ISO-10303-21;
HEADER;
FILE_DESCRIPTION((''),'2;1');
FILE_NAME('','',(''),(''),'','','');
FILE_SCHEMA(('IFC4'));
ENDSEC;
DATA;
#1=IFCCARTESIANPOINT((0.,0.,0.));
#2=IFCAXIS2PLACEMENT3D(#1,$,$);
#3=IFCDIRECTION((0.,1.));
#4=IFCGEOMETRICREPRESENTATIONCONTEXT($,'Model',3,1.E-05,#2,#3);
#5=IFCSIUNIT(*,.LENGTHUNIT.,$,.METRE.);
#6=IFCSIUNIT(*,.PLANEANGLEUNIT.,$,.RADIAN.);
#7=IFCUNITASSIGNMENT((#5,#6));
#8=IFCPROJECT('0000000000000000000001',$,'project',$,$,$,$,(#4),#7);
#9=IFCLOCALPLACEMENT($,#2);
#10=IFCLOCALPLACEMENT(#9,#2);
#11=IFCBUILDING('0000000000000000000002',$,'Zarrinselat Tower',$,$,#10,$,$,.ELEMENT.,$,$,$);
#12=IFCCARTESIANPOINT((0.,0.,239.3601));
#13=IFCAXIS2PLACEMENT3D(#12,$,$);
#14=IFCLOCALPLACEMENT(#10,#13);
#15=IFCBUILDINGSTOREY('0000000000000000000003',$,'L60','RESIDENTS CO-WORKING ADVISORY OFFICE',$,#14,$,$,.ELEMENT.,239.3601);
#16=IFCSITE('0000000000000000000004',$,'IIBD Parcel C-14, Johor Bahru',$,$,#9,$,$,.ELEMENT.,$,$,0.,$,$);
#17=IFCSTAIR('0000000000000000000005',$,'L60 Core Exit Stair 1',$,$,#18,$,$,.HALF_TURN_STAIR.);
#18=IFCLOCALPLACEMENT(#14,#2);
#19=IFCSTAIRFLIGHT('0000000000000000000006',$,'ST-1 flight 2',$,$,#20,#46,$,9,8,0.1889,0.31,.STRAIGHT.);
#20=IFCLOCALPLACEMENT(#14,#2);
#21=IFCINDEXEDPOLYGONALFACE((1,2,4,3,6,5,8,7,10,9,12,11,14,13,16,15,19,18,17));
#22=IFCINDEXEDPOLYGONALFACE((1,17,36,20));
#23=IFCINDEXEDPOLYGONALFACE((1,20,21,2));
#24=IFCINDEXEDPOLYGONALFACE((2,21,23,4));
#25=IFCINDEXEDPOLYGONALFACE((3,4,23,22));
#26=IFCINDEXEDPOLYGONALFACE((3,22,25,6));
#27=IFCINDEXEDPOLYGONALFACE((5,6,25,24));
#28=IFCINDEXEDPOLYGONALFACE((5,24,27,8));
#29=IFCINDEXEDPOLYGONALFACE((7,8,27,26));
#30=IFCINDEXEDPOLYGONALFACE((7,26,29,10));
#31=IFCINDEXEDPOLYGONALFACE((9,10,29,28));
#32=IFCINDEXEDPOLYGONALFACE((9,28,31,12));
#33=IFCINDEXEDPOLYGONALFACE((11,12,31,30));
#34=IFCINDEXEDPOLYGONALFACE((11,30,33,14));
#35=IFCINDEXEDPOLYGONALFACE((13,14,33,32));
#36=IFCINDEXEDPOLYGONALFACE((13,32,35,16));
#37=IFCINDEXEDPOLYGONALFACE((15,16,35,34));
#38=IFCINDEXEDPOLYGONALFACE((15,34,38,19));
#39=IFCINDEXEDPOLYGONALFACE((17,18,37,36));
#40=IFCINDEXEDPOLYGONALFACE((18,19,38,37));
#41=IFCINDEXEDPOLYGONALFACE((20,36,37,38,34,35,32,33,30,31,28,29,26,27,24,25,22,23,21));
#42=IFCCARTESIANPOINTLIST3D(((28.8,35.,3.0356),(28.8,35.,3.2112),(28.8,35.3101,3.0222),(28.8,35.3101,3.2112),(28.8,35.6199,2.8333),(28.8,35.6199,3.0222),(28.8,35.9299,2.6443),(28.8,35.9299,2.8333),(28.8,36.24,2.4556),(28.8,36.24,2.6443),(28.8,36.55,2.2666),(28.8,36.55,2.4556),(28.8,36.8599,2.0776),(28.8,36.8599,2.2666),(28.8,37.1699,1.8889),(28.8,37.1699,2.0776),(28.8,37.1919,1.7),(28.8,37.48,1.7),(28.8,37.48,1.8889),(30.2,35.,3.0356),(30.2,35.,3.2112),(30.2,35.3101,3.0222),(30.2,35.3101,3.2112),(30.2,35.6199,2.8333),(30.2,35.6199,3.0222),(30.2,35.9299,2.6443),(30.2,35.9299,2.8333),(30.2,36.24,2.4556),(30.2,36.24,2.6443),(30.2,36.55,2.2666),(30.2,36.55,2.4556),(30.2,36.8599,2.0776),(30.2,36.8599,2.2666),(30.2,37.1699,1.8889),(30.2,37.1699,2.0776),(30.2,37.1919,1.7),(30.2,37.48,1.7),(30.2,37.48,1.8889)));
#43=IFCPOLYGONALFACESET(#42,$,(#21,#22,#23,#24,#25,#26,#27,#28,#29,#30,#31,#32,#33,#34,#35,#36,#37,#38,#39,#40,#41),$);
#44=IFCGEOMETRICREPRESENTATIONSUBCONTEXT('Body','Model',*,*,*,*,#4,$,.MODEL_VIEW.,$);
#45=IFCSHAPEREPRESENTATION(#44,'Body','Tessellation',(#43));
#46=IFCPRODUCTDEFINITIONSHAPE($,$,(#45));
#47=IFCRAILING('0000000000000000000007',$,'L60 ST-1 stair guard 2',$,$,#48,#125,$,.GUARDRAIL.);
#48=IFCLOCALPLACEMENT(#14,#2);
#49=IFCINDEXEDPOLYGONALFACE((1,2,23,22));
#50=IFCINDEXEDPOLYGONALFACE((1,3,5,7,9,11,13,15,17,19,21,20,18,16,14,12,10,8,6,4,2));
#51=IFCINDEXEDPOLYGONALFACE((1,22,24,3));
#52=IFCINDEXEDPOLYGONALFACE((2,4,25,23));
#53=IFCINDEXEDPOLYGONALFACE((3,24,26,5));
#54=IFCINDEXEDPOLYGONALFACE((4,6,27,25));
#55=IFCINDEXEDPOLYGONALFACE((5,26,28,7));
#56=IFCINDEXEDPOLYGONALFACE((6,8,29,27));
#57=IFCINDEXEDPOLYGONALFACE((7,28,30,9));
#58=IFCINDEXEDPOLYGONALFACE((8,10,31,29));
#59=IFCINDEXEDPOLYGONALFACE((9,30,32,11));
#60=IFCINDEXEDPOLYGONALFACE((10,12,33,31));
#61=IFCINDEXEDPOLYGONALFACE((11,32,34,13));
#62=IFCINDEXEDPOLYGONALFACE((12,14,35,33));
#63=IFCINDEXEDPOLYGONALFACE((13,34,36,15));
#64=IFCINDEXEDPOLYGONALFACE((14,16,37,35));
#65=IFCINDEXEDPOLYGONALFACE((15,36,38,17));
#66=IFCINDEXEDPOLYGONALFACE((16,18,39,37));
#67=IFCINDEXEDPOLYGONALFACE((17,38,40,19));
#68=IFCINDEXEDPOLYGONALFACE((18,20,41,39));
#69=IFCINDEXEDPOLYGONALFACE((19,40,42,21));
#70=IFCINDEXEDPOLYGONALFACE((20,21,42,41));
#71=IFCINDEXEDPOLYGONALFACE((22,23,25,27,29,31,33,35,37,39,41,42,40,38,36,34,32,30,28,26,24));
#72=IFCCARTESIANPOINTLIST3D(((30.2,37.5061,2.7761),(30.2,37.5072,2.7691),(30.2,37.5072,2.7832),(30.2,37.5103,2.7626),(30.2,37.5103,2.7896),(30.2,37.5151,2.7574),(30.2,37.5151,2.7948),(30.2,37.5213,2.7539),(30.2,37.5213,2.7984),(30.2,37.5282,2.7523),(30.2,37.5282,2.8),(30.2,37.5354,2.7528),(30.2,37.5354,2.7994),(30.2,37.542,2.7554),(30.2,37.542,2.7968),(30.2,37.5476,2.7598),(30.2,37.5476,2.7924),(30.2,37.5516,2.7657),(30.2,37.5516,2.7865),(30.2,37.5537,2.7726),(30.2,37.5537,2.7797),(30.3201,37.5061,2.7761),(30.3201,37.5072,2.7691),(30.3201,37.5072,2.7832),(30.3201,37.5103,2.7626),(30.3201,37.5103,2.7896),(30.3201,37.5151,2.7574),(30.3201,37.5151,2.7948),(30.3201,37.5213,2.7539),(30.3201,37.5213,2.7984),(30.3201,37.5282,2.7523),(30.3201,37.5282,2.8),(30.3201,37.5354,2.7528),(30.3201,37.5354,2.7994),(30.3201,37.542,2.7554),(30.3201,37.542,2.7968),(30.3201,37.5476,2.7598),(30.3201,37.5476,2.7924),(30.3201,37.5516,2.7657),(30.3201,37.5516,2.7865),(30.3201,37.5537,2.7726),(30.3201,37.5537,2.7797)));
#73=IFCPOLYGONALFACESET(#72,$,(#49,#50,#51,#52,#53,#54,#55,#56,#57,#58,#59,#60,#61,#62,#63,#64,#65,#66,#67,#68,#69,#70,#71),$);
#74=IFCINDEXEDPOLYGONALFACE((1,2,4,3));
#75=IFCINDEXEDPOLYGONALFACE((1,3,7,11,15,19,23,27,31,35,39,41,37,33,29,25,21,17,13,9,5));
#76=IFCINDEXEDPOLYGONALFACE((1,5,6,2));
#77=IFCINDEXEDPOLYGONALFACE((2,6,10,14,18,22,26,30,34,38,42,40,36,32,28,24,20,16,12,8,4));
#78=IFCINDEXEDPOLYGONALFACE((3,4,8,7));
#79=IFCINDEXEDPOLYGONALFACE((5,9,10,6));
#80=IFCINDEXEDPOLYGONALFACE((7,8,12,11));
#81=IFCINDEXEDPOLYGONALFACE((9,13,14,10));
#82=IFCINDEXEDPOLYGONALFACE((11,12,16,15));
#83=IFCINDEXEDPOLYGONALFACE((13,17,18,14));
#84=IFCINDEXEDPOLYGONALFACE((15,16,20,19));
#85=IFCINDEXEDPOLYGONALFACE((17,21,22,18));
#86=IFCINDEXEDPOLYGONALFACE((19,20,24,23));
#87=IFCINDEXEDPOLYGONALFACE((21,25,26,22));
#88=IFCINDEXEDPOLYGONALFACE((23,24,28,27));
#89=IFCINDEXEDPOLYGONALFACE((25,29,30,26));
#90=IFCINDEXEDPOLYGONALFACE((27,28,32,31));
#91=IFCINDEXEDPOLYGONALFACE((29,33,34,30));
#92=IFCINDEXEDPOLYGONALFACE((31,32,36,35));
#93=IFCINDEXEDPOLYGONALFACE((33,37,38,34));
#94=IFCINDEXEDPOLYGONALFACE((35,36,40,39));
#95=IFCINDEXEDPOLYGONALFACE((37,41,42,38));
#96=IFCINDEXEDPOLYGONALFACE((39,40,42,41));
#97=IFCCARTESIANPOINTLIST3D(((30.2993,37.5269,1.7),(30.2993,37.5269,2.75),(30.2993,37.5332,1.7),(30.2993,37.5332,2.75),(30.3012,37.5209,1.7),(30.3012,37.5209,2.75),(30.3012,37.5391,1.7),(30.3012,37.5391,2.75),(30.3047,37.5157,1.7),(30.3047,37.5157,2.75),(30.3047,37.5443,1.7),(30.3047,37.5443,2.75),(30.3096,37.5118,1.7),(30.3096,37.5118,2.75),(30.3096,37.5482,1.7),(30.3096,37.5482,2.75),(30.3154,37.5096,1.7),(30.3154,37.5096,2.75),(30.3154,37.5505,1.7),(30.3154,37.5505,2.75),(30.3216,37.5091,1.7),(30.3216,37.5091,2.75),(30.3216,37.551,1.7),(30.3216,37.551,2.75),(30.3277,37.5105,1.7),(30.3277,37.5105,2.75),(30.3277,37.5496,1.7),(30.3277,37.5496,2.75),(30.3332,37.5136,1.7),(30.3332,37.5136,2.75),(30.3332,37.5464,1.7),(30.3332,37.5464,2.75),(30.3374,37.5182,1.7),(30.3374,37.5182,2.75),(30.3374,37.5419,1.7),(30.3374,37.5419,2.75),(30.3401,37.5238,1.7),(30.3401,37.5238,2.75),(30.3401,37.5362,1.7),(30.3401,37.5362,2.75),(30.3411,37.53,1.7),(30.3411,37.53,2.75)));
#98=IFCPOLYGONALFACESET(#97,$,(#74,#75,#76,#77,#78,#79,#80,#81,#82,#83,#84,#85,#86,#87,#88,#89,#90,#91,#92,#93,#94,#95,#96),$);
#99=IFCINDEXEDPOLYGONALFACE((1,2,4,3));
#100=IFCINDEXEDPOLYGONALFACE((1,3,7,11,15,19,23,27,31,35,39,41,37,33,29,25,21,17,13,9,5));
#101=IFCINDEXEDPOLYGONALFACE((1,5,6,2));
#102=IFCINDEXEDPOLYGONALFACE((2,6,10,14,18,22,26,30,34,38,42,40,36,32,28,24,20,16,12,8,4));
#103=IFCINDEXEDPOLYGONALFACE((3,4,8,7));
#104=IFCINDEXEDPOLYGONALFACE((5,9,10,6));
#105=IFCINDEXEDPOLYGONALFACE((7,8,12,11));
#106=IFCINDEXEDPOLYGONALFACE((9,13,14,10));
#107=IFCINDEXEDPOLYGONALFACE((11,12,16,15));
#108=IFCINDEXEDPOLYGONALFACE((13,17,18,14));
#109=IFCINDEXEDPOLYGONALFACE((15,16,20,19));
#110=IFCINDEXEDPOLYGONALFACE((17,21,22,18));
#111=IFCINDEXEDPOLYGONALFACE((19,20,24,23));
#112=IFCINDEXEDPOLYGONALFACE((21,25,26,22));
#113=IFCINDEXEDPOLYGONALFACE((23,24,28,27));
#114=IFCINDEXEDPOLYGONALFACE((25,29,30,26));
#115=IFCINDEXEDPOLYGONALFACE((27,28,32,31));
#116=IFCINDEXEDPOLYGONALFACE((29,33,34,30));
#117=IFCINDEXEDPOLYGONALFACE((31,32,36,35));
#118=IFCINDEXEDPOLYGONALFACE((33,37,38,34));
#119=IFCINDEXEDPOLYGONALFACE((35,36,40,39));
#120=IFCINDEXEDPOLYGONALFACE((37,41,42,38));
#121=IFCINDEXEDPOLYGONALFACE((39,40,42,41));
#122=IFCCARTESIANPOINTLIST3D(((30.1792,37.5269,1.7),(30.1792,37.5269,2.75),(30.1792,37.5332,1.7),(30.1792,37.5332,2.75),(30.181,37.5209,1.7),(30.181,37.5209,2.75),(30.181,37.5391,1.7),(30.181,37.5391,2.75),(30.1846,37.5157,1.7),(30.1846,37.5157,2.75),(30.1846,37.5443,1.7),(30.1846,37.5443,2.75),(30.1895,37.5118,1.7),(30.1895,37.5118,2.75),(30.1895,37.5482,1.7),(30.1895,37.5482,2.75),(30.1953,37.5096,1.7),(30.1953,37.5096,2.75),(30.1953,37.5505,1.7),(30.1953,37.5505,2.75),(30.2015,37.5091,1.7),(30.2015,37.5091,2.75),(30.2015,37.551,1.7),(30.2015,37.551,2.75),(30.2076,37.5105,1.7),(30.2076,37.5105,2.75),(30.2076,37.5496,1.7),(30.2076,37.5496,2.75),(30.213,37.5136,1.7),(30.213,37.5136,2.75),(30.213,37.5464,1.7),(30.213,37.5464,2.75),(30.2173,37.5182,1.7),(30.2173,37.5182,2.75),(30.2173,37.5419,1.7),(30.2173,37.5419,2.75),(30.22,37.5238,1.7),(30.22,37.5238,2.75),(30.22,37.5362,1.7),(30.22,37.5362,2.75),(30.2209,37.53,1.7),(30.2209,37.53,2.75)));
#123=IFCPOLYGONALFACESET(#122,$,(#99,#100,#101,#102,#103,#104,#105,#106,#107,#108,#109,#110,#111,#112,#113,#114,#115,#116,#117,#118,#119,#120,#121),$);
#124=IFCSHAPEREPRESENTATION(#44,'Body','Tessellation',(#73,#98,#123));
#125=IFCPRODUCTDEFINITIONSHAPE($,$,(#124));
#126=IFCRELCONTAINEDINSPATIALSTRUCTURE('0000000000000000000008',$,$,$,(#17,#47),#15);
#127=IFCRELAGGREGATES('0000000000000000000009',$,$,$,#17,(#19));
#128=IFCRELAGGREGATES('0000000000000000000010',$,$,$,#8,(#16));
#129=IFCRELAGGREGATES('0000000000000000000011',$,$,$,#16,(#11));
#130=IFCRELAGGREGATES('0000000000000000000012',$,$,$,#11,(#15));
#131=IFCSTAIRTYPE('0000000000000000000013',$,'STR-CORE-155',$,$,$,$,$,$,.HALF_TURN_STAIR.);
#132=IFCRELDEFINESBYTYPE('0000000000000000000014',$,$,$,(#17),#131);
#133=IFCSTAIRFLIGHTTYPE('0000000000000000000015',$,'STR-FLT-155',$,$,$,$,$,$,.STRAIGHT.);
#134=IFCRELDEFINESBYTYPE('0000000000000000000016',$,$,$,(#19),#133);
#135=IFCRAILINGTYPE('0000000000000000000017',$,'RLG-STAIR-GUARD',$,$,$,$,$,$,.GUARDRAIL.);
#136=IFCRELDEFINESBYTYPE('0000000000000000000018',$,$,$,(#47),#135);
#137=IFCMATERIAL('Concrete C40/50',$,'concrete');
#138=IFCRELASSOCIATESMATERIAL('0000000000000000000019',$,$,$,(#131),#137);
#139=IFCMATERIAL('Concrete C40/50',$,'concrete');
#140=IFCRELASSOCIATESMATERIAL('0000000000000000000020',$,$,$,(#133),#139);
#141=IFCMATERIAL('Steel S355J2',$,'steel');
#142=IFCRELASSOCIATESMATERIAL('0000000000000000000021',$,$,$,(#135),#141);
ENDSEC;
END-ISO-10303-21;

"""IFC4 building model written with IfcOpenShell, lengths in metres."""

from ifc_helpers import new_model, si_unit, direction, frame, origin, origin_2d, place, context, subcontext, project, spatial, polyline, circle, outline, extrude, material, type_object, element, aggregate, save


model = new_model("IFC4")

# Units and contexts
model_context = context("Model", 3, precision=1e-05, world=origin(), true_north=direction((0.0, 1.0)))
body_context = subcontext(model_context, "Body", "Model", "MODEL_VIEW")
ifc_project = project(units=[si_unit("LENGTHUNIT", "METRE"), si_unit("PLANEANGLEUNIT", "RADIAN")], contexts=[model_context])

# Site, building, storey
site_placement = place(None, origin())
site = spatial("IfcSite", under=ifc_project, at=site_placement, Name="IIBD Parcel C-14, Johor Bahru", CompositionType="ELEMENT", RefElevation=0.0)
building_placement = place(site_placement, origin())
building = spatial("IfcBuilding", under=site, at=building_placement, Name="Zarrinselat Tower", CompositionType="ELEMENT")
storey_placement = place(building_placement, frame((0.0, 0.0, 239.3601)))
storey = spatial("IfcBuildingStorey", under=building, at=storey_placement, Name="L60", Description="RESIDENTS CO-WORKING ADVISORY OFFICE", CompositionType="ELEMENT", Elevation=239.3601)

# Stair, stair flight
ifc_material_1 = material(Name="Concrete C40/50", Category="concrete")
stair_type = type_object("IfcStairType", Name="STR-CORE-155", PredefinedType="HALF_TURN_STAIR", material=ifc_material_1)
stair_placement = place(storey_placement, origin())
stair = element("IfcStair", 1, at=stair_placement, inside=storey, type_object=stair_type, Name="L60 Core Exit Stair 1", PredefinedType="HALF_TURN_STAIR")
ifc_material_2 = material(Name="Concrete C40/50", Category="concrete")
stair_flight_type = type_object("IfcStairFlightType", Name="STR-FLT-155", PredefinedType="STRAIGHT", material=ifc_material_2)
stair_flight_placement = place(storey_placement, frame((29.5, 37.48, 1.7), z_axis=(0.0, 0.0, 1.0), x_axis=(0.0, -1.0, 0.0)))
stair_flight = element("IfcStairFlight", 2, at=stair_flight_placement, type_object=stair_flight_type, Name="ST-1 flight 2", NumberOfRisers=9, NumberOfTreads=8, PredefinedType="STRAIGHT", RiserHeight=0.1889, TreadLength=0.31, context=body_context, shape_type="SweptSolid", body=[
    extrude(outline(polyline([(0.0, 0.0), (0.0, 0.189), (0.3101, 0.189), (0.3101, 0.3777), (0.6201, 0.3777), (0.6201, 0.5667), (0.9299, 0.5667), (0.9299, 0.7556), (1.24, 0.7556), (1.24, 0.9443), (1.55, 0.9443), (1.55, 1.1333), (1.8601, 1.1333), (1.8601, 1.3223), (2.1699, 1.3223), (2.1699, 1.5112), (2.48, 1.5112), (2.48, 1.7), (2.48, 1.3357), (0.2881, 0.0), (0.0, 0.0)])), frame((0.0, 0.7, 0.0), z_axis=(0.0, -1.0, 0.0), x_axis=(1.0, 0.0, 0.0)), (0.0, 0.0, 1.0), 1.3999),
])
aggregate(stair, [stair_flight])

# Railing
ifc_material_3 = material(Name="Steel S355J2", Category="steel")
railing_type_1 = type_object("IfcRailingType", Name="RLG-STAIR-GUARD", PredefinedType="GUARDRAIL", material=ifc_material_3)
railing_1_placement = place(storey_placement, frame((30.3201, 37.53, 1.7)))
element("IfcRailing", 3, at=railing_1_placement, inside=storey, type_object=railing_type_1, Name="L60 ST-1 stair guard 2", PredefinedType="GUARDRAIL", context=body_context, shape_type="SweptSolid", body=[
    extrude(circle(Radius=0.0239, at=origin_2d()), frame((0.0, 0.0, 1.0762), z_axis=(-1.0, 0.0, 0.0), x_axis=(0.0, -1.0, 0.0)), (0.0, 0.0, 1.0), 0.1201),
    extrude(circle(Radius=0.021, at=origin_2d()), origin(), (0.0, 0.0, 1.0), 1.05),
    extrude(circle(Radius=0.021, at=origin_2d()), frame((-0.1201, 0.0, 0.0)), (0.0, 0.0, 1.0), 1.05),
])

save(model, "model.ifc")
